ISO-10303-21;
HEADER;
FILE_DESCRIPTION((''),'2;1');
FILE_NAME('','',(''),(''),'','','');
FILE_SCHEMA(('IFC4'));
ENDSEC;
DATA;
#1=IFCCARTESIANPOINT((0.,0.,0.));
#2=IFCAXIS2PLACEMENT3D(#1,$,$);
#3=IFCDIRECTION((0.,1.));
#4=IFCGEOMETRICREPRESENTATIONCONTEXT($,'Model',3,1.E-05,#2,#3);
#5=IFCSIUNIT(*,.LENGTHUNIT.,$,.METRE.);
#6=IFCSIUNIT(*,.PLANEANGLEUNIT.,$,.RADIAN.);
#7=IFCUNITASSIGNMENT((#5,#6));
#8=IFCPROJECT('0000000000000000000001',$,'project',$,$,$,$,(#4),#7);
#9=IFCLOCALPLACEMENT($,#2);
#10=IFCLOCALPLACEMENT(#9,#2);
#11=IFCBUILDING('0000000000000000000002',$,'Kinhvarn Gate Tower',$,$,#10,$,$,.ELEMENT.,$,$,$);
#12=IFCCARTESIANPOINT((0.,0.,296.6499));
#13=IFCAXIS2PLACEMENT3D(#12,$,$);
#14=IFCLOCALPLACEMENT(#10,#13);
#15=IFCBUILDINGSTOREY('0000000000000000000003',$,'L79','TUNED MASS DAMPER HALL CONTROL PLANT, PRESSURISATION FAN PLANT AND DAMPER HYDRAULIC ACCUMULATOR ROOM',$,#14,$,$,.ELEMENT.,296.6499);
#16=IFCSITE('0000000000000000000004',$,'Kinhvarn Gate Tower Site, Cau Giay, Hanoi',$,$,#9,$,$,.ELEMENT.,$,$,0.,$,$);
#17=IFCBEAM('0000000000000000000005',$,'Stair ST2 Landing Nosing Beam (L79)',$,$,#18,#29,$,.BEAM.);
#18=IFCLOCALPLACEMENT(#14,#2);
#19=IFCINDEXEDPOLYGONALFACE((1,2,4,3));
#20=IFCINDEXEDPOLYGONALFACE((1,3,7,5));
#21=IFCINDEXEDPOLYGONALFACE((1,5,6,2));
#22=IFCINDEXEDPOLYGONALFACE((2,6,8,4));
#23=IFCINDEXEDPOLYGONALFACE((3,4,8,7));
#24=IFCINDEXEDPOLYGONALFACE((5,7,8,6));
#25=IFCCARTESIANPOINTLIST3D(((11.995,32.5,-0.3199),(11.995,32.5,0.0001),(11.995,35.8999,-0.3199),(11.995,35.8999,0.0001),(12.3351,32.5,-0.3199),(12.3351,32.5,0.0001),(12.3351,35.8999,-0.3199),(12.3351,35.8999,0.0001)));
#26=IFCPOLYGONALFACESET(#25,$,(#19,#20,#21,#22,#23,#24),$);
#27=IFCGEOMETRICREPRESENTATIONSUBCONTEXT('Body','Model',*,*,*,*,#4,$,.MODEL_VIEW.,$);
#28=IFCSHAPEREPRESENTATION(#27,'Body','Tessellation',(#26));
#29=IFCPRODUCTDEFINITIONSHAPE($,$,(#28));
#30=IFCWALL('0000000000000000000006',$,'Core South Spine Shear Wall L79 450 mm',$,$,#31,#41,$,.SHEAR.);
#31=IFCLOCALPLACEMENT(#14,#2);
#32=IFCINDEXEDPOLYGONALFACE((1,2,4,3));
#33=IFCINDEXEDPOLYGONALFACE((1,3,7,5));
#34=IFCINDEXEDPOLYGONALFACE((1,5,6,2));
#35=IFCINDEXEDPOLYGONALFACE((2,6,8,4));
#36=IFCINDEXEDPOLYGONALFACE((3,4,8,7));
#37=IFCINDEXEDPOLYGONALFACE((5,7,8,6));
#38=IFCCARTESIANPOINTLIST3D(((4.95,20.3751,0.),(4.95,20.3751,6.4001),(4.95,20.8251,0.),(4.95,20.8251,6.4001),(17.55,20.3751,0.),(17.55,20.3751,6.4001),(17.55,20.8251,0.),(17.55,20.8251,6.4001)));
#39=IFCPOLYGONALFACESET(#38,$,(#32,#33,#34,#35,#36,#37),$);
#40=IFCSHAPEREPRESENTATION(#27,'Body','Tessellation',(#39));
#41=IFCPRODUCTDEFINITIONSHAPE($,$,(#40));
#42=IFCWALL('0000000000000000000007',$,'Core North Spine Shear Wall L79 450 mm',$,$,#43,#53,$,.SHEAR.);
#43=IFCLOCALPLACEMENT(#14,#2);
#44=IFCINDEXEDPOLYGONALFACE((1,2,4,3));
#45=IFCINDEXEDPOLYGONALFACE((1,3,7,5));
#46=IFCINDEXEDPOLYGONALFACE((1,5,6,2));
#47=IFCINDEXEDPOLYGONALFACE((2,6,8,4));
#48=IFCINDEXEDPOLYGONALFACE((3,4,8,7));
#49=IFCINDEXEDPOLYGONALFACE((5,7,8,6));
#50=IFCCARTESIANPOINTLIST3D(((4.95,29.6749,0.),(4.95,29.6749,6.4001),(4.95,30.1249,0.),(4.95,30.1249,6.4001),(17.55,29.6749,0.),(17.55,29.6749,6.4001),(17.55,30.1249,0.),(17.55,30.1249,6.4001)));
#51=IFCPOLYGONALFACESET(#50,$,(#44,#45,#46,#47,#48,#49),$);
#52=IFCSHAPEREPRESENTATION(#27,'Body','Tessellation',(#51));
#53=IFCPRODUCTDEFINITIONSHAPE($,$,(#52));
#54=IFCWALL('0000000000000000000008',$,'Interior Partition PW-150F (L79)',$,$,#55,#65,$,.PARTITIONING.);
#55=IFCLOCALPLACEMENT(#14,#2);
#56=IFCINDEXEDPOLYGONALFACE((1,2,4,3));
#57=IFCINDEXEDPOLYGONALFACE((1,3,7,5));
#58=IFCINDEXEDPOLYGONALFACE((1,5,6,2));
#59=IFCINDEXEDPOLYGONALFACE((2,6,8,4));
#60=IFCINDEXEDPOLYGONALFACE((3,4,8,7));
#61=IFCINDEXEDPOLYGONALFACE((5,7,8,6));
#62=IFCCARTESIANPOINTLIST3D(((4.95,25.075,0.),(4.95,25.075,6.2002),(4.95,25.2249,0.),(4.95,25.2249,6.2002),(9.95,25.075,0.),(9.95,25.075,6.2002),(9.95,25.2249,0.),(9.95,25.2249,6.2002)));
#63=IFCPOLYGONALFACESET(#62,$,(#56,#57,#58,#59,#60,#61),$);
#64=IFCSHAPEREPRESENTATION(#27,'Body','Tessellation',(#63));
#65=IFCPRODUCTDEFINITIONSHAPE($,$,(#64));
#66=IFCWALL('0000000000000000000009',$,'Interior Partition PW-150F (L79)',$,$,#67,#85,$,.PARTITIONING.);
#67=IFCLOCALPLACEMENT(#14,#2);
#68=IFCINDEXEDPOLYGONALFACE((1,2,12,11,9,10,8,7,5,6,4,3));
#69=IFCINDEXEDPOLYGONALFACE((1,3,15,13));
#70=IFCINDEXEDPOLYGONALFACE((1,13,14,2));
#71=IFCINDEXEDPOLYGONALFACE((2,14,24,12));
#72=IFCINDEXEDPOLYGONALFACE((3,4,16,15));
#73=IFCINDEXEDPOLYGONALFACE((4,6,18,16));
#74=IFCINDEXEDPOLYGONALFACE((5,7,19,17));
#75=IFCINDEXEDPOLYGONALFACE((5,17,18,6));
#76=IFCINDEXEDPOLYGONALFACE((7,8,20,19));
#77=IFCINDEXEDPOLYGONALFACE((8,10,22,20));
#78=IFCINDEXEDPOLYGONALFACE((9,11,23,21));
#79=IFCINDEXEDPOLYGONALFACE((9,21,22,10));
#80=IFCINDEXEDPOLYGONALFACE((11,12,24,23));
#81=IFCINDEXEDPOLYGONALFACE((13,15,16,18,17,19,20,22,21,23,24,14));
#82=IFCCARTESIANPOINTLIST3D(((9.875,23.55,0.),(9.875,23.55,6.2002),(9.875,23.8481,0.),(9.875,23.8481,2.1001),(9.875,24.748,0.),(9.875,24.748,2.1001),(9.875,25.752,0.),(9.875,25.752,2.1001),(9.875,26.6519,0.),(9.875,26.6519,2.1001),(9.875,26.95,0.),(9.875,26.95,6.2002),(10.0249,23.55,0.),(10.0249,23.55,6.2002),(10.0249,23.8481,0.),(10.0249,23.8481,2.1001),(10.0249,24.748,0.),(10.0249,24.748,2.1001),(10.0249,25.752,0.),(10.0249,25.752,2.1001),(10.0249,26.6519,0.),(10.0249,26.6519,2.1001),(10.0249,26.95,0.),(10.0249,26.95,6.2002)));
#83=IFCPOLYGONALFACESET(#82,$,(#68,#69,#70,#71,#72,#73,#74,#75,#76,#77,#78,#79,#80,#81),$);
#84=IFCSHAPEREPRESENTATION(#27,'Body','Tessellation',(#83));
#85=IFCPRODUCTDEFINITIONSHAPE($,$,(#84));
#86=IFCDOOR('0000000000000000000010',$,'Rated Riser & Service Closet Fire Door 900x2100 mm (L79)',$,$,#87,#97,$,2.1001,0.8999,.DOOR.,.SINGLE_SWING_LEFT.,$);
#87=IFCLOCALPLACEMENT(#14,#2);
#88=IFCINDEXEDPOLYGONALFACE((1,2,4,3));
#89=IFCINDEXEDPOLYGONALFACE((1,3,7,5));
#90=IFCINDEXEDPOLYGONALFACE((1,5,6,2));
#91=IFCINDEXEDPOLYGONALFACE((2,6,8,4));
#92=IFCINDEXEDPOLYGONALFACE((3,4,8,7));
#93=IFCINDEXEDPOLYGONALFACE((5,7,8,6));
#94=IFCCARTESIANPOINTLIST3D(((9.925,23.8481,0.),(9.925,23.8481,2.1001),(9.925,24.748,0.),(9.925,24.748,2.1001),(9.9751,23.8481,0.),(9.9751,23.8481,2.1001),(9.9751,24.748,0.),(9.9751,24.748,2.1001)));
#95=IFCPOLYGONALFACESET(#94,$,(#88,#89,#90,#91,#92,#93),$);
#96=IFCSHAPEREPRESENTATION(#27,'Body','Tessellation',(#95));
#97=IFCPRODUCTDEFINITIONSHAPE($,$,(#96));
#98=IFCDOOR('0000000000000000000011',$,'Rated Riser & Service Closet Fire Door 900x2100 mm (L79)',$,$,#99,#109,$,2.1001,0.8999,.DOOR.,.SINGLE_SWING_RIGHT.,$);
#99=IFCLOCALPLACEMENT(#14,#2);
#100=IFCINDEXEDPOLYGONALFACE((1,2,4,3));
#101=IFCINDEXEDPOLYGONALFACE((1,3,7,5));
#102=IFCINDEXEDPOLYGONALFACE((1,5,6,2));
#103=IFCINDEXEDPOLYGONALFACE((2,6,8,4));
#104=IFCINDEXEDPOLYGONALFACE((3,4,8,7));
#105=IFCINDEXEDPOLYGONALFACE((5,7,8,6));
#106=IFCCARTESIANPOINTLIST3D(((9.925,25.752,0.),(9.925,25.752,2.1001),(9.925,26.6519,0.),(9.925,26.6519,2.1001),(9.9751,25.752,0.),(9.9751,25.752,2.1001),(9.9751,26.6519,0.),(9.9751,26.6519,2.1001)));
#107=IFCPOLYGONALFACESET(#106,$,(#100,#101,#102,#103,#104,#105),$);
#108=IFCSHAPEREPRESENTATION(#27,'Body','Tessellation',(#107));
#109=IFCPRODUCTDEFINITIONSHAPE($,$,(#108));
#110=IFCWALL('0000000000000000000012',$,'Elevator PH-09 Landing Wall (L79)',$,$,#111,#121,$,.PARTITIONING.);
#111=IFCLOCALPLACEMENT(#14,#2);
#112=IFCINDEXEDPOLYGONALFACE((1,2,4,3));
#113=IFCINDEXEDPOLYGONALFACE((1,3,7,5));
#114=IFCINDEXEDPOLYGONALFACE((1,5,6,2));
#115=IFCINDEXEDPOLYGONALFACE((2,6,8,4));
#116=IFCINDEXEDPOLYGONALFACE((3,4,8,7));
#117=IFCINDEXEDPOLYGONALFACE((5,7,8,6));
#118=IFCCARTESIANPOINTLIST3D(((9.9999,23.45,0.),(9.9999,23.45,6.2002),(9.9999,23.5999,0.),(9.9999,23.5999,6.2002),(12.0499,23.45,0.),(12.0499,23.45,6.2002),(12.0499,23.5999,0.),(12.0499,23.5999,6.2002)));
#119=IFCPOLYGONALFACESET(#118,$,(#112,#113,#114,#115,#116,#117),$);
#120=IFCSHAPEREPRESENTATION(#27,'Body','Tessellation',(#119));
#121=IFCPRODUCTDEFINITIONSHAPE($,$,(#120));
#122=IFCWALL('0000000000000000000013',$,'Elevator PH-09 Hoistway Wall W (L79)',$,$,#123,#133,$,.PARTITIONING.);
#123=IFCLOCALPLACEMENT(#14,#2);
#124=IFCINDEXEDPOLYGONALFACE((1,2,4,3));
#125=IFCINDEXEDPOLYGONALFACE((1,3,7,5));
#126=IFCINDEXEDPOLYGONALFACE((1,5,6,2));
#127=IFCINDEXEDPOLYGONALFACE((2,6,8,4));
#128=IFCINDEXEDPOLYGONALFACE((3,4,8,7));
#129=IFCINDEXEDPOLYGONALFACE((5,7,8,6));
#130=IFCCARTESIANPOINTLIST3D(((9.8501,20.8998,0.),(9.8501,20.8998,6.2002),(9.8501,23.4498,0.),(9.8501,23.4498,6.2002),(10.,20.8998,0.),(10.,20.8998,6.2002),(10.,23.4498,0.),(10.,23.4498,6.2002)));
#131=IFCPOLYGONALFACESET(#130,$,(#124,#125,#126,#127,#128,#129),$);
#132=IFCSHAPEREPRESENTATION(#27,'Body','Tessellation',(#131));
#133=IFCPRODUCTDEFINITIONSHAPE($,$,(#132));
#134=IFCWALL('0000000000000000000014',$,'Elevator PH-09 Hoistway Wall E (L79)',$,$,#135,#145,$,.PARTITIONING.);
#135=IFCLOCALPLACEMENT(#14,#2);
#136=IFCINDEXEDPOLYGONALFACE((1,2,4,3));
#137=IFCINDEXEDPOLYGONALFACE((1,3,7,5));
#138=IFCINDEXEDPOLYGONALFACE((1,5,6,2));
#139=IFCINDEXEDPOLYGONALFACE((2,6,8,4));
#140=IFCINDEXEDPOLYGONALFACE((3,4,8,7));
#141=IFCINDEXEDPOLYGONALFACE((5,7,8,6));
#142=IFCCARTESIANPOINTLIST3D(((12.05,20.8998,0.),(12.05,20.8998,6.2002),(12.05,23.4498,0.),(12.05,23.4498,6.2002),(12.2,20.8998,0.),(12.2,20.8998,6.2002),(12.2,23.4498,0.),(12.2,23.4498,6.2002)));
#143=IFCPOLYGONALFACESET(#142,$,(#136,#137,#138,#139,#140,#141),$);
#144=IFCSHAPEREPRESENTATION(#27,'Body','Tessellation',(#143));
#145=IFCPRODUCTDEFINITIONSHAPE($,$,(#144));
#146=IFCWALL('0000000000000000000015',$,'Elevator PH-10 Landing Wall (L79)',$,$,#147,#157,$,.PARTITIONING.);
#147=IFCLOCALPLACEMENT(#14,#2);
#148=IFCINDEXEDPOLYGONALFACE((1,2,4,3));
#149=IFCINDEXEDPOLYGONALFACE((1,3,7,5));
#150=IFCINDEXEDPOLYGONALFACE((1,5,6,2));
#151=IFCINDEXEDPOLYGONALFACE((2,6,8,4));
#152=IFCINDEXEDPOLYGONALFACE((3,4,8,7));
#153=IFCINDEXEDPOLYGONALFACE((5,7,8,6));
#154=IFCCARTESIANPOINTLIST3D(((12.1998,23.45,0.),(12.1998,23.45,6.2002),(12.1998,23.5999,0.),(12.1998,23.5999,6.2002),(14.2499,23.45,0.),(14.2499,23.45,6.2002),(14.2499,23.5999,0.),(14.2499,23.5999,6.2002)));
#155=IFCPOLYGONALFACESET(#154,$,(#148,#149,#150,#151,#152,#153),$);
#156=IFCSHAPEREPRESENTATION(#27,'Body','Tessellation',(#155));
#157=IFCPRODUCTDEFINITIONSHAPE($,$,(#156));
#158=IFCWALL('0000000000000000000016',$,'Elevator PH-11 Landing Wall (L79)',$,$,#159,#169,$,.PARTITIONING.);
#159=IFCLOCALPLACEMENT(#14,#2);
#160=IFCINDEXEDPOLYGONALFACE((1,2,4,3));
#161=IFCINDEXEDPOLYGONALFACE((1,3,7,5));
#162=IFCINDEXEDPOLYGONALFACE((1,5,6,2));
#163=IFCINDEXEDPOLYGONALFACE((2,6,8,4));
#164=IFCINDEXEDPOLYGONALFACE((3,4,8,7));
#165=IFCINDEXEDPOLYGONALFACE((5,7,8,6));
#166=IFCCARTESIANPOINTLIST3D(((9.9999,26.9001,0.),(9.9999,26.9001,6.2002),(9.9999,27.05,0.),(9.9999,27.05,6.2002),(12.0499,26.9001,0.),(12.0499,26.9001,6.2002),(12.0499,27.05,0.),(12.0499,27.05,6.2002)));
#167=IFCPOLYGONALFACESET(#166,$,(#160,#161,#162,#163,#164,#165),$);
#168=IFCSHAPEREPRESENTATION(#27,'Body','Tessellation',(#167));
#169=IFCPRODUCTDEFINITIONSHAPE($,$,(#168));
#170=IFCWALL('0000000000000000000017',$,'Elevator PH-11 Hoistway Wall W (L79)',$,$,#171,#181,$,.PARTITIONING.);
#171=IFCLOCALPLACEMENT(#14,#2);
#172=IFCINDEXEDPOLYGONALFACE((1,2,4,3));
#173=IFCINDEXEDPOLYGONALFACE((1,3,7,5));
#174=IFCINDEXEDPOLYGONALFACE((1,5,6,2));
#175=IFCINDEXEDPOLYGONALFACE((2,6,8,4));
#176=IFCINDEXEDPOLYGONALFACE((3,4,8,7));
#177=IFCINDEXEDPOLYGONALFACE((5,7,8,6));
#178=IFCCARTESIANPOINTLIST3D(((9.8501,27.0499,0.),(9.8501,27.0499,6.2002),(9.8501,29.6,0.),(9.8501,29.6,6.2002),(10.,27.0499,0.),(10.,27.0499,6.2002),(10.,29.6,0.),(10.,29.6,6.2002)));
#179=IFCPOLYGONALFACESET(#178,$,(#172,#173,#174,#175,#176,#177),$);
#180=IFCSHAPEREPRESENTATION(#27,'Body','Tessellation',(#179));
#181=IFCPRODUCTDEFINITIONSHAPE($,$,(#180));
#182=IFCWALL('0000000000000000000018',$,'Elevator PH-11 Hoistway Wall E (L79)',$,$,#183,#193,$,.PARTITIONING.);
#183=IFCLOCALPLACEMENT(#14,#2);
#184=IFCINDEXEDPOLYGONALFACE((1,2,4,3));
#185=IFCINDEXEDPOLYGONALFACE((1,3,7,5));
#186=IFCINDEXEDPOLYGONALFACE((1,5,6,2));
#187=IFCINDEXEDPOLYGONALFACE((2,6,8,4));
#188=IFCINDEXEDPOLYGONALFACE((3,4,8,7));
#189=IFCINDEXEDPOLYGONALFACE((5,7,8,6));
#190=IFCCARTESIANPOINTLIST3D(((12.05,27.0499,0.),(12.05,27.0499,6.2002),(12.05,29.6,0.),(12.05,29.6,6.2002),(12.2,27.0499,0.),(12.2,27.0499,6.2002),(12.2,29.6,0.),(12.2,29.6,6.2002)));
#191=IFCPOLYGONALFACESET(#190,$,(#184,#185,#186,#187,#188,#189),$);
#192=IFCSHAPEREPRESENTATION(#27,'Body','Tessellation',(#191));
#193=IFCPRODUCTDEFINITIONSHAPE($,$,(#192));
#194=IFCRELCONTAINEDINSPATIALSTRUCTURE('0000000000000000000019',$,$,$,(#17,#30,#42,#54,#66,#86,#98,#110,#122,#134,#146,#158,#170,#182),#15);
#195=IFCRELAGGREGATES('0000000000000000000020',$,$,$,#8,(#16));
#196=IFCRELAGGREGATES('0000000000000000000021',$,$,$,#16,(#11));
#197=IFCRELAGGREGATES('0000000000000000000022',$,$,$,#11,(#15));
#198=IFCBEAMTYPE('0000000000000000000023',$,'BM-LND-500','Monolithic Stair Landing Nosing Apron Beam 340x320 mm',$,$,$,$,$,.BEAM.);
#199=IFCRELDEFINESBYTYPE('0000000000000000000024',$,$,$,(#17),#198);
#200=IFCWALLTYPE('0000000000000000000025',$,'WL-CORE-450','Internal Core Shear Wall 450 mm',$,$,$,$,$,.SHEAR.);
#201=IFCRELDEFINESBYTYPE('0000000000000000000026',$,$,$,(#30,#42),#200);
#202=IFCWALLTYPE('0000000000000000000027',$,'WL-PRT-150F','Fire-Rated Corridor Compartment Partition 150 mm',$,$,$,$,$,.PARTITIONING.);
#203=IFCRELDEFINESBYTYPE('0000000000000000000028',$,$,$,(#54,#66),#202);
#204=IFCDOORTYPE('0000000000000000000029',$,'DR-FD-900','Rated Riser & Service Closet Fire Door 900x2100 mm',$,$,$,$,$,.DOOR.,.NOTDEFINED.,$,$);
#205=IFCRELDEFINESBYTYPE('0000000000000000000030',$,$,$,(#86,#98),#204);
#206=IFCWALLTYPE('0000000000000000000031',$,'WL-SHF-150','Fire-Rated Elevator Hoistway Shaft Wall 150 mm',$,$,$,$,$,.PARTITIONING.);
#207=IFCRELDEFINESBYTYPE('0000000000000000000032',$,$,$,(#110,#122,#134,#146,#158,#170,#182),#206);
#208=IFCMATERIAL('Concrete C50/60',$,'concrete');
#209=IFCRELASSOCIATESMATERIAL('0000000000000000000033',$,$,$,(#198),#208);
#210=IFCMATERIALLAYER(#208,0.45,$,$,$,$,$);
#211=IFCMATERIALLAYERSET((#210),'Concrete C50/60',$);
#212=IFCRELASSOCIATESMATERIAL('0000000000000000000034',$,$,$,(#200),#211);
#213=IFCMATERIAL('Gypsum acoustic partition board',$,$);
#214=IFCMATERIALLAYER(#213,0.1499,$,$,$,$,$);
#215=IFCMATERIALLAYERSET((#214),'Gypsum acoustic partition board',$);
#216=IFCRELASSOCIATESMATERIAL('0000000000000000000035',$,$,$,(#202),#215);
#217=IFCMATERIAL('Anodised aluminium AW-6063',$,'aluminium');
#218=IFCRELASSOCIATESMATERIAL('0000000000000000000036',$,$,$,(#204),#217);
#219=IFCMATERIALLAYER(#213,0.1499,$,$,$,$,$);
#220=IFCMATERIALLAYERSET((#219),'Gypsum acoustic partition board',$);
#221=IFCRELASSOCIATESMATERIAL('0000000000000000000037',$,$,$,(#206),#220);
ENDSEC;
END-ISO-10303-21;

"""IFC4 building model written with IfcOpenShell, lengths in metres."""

from ifc_helpers import new_model, si_unit, direction, frame, frame_2d, origin, origin_2d, place, context, subcontext, project, spatial, rectangle, extrude, material, layer, layer_set, material_profile, profile_set, type_object, element, fill, save


model = new_model("IFC4")

# Units and contexts
model_context = context("Model", 3, precision=1e-05, world=origin(), true_north=direction((0.0, 1.0)))
body_context = subcontext(model_context, "Body", "Model", "MODEL_VIEW")
ifc_project = project(units=[si_unit("LENGTHUNIT", "METRE"), si_unit("PLANEANGLEUNIT", "RADIAN")], contexts=[model_context])

# Site, building, storey
site_placement = place(None, origin())
site = spatial("IfcSite", under=ifc_project, at=site_placement, Name="Kinhvarn Gate Tower Site, Cau Giay, Hanoi", CompositionType="ELEMENT", RefElevation=0.0)
building_placement = place(site_placement, origin())
building = spatial("IfcBuilding", under=site, at=building_placement, Name="Kinhvarn Gate Tower", CompositionType="ELEMENT")
storey_placement = place(building_placement, frame((0.0, 0.0, 296.6499)))
storey = spatial("IfcBuildingStorey", under=building, at=storey_placement, Name="L79", Description="TUNED MASS DAMPER HALL CONTROL PLANT, PRESSURISATION FAN PLANT AND DAMPER HYDRAULIC ACCUMULATOR ROOM", CompositionType="ELEMENT", Elevation=296.6499)

# Beam
ifc_material_1 = material(Name="Concrete C50/60", Category="concrete")
ifc_material_profile = material_profile(ifc_material_1, rectangle(XDim=0.3401, YDim=0.3201, at=origin_2d()), Name="RC 340x320")
ifc_profile_set = profile_set([ifc_material_profile], Name="Concrete C50/60")
beam_type = type_object("IfcBeamType", Name="BM-LND-500", Description="Monolithic Stair Landing Nosing Apron Beam 340x320 mm", PredefinedType="BEAM", material=ifc_profile_set)
beam_placement = place(storey_placement, frame((12.165, 32.5, -0.1599), z_axis=(0.0, 1.0, 0.0), x_axis=(-1.0, 0.0, 0.0)))
element("IfcBeam", 1, at=beam_placement, inside=storey, type_object=beam_type, Name="Stair ST2 Landing Nosing Beam (L79)", PredefinedType="BEAM", context=body_context, shape_type="SweptSolid", body=[
    extrude(rectangle(XDim=0.3401, YDim=0.3201, at=origin_2d()), origin(), (0.0, 0.0, 1.0), 3.3999),
])

# Walls
ifc_layer_1 = layer(ifc_material_1, 0.45)
ifc_layer_set_1 = layer_set([ifc_layer_1], Name="Concrete C50/60")
wall_type_1 = type_object("IfcWallType", Name="WL-CORE-450", Description="Internal Core Shear Wall 450 mm", PredefinedType="SHEAR", material=ifc_layer_set_1)
for number, where, z_axis, x_axis, name in (
    (2, (4.95, 20.6001, 0.0), (0.0, 0.0, 1.0), (1.0, 0.0, 0.0), "Core South Spine Shear Wall L79 450 mm"),
    (3, (4.95, 29.8999, 0.0), (0.0, 0.0, 1.0), (1.0, 0.0, 0.0), "Core North Spine Shear Wall L79 450 mm"),
):
    element("IfcWall", number, at=place(storey_placement, frame(where, z_axis=z_axis, x_axis=x_axis)), inside=storey, type_object=wall_type_1, Name=name, PredefinedType="SHEAR", context=body_context, shape_type="SweptSolid", body=[
        extrude(rectangle(XDim=12.6001, YDim=0.45, at=frame_2d((6.3, 0.0))), origin(), (0.0, 0.0, 1.0), 6.4001),
    ])
ifc_material_2 = material(Name="Gypsum acoustic partition board")
ifc_layer_2 = layer(ifc_material_2, 0.1499)
ifc_layer_set_2 = layer_set([ifc_layer_2], Name="Gypsum acoustic partition board")
wall_type_2 = type_object("IfcWallType", Name="WL-PRT-150F", Description="Fire-Rated Corridor Compartment Partition 150 mm", PredefinedType="PARTITIONING", material=ifc_layer_set_2)
wall_1_placement = place(storey_placement, frame((4.95, 25.1499, 0.0), z_axis=(0.0, 0.0, 1.0), x_axis=(1.0, 0.0, 0.0)))
element("IfcWall", 4, at=wall_1_placement, inside=storey, type_object=wall_type_2, Name="Interior Partition PW-150F (L79)", PredefinedType="PARTITIONING", context=body_context, shape_type="SweptSolid", body=[
    extrude(rectangle(XDim=5.0, YDim=0.1499, at=frame_2d((2.5, 0.0))), origin(), (0.0, 0.0, 1.0), 6.2002),
])

# Wall, openings, doors
wall_2_placement = place(storey_placement, frame((9.95, 23.55, 0.0), z_axis=(0.0, 0.0, 1.0), x_axis=(0.0, 1.0, 0.0)))
wall_2 = element("IfcWall", 5, at=wall_2_placement, inside=storey, type_object=wall_type_2, Name="Interior Partition PW-150F (L79)", PredefinedType="PARTITIONING", context=body_context, shape_type="SweptSolid", body=[
    extrude(rectangle(XDim=3.3999, YDim=0.1499, at=frame_2d((1.7, 0.0))), origin(), (0.0, 0.0, 1.0), 6.2002),
])
opening_1_placement = place(wall_2_placement, frame((0.2981, 0.0, 0.0)))
opening_1 = element("IfcOpeningElement", 6, at=opening_1_placement, cuts=wall_2, PredefinedType="OPENING", context=body_context, shape_type="SweptSolid", body=[
    extrude(rectangle(XDim=0.8999, YDim=2.1001, at=frame_2d((0.45, 1.05))), frame((0.0, 0.085, 0.0), z_axis=(0.0, -1.0, 0.0), x_axis=(1.0, 0.0, 0.0)), (0.0, 0.0, 1.0), 0.1699),
])
opening_2_placement = place(wall_2_placement, frame((2.2019, 0.0, 0.0)))
opening_2 = element("IfcOpeningElement", 7, at=opening_2_placement, cuts=wall_2, PredefinedType="OPENING", context=body_context, shape_type="SweptSolid", body=[
    extrude(rectangle(XDim=0.8999, YDim=2.1001, at=frame_2d((0.45, 1.05))), frame((0.0, 0.085, 0.0), z_axis=(0.0, -1.0, 0.0), x_axis=(1.0, 0.0, 0.0)), (0.0, 0.0, 1.0), 0.1699),
])
ifc_material_3 = material(Name="Anodised aluminium AW-6063", Category="aluminium")
door_type = type_object("IfcDoorType", Name="DR-FD-900", Description="Rated Riser & Service Closet Fire Door 900x2100 mm", OperationType="NOTDEFINED", PredefinedType="DOOR", material=ifc_material_3)
door_1_placement = place(opening_1_placement, origin())
door_1 = element("IfcDoor", 8, at=door_1_placement, inside=storey, type_object=door_type, Name="Rated Riser & Service Closet Fire Door 900x2100 mm (L79)", OperationType="SINGLE_SWING_LEFT", OverallHeight=2.1001, OverallWidth=0.8999, PredefinedType="DOOR", context=body_context, shape_type="SweptSolid", body=[
    extrude(rectangle(XDim=0.8999, YDim=2.1001, at=frame_2d((0.45, 1.05))), frame((0.0, 0.0249, 0.0), z_axis=(0.0, -1.0, 0.0), x_axis=(1.0, 0.0, 0.0)), (0.0, 0.0, 1.0), 0.05),
])
fill(opening_1, door_1)
door_2_placement = place(opening_2_placement, origin())
door_2 = element("IfcDoor", 9, at=door_2_placement, inside=storey, type_object=door_type, Name="Rated Riser & Service Closet Fire Door 900x2100 mm (L79)", OperationType="SINGLE_SWING_RIGHT", OverallHeight=2.1001, OverallWidth=0.8999, PredefinedType="DOOR", context=body_context, shape_type="SweptSolid", body=[
    extrude(rectangle(XDim=0.8999, YDim=2.1001, at=frame_2d((0.45, 1.05))), frame((0.0, 0.0249, 0.0), z_axis=(0.0, -1.0, 0.0), x_axis=(1.0, 0.0, 0.0)), (0.0, 0.0, 1.0), 0.05),
])
fill(opening_2, door_2)

# Walls
ifc_layer_3 = layer(ifc_material_2, 0.1499)
ifc_layer_set_3 = layer_set([ifc_layer_3], Name="Gypsum acoustic partition board")
wall_type_3 = type_object("IfcWallType", Name="WL-SHF-150", Description="Fire-Rated Elevator Hoistway Shaft Wall 150 mm", PredefinedType="PARTITIONING", material=ifc_layer_set_3)
wall_3_placement = place(storey_placement, frame((10.0, 23.5249, 0.0), z_axis=(0.0, 0.0, 1.0), x_axis=(1.0, 0.0, 0.0)))
element("IfcWall", 10, at=wall_3_placement, inside=storey, type_object=wall_type_3, Name="Elevator PH-09 Landing Wall (L79)", PredefinedType="PARTITIONING", context=body_context, shape_type="SweptSolid", body=[
    extrude(rectangle(XDim=2.05, YDim=0.1499, at=frame_2d((1.0249, 0.0))), origin(), (0.0, 0.0, 1.0), 6.2002),
])
for number, where, z_axis, x_axis, name in (
    (11, (9.925, 20.8999, 0.0), (0.0, 0.0, 1.0), (0.0, 1.0, 0.0), "Elevator PH-09 Hoistway Wall W (L79)"),
    (12, (12.125, 20.8999, 0.0), (0.0, 0.0, 1.0), (0.0, 1.0, 0.0), "Elevator PH-09 Hoistway Wall E (L79)"),
):
    element("IfcWall", number, at=place(storey_placement, frame(where, z_axis=z_axis, x_axis=x_axis)), inside=storey, type_object=wall_type_3, Name=name, PredefinedType="PARTITIONING", context=body_context, shape_type="SweptSolid", body=[
        extrude(rectangle(XDim=2.55, YDim=0.1499, at=frame_2d((1.2749, 0.0))), origin(), (0.0, 0.0, 1.0), 6.2002),
    ])
for number, where, z_axis, x_axis, name in (
    (13, (12.2, 23.5249, 0.0), (0.0, 0.0, 1.0), (1.0, 0.0, 0.0), "Elevator PH-10 Landing Wall (L79)"),
    (14, (10.0, 26.9751, 0.0), (0.0, 0.0, 1.0), (1.0, 0.0, 0.0), "Elevator PH-11 Landing Wall (L79)"),
):
    element("IfcWall", number, at=place(storey_placement, frame(where, z_axis=z_axis, x_axis=x_axis)), inside=storey, type_object=wall_type_3, Name=name, PredefinedType="PARTITIONING", context=body_context, shape_type="SweptSolid", body=[
        extrude(rectangle(XDim=2.05, YDim=0.1499, at=frame_2d((1.0249, 0.0))), origin(), (0.0, 0.0, 1.0), 6.2002),
    ])
for number, where, z_axis, x_axis, name in (
    (15, (9.925, 27.05, 0.0), (0.0, 0.0, 1.0), (0.0, 1.0, 0.0), "Elevator PH-11 Hoistway Wall W (L79)"),
    (16, (12.125, 27.05, 0.0), (0.0, 0.0, 1.0), (0.0, 1.0, 0.0), "Elevator PH-11 Hoistway Wall E (L79)"),
):
    element("IfcWall", number, at=place(storey_placement, frame(where, z_axis=z_axis, x_axis=x_axis)), inside=storey, type_object=wall_type_3, Name=name, PredefinedType="PARTITIONING", context=body_context, shape_type="SweptSolid", body=[
        extrude(rectangle(XDim=2.55, YDim=0.1499, at=frame_2d((1.2749, 0.0))), origin(), (0.0, 0.0, 1.0), 6.2002),
    ])

save(model, "model.ifc")
